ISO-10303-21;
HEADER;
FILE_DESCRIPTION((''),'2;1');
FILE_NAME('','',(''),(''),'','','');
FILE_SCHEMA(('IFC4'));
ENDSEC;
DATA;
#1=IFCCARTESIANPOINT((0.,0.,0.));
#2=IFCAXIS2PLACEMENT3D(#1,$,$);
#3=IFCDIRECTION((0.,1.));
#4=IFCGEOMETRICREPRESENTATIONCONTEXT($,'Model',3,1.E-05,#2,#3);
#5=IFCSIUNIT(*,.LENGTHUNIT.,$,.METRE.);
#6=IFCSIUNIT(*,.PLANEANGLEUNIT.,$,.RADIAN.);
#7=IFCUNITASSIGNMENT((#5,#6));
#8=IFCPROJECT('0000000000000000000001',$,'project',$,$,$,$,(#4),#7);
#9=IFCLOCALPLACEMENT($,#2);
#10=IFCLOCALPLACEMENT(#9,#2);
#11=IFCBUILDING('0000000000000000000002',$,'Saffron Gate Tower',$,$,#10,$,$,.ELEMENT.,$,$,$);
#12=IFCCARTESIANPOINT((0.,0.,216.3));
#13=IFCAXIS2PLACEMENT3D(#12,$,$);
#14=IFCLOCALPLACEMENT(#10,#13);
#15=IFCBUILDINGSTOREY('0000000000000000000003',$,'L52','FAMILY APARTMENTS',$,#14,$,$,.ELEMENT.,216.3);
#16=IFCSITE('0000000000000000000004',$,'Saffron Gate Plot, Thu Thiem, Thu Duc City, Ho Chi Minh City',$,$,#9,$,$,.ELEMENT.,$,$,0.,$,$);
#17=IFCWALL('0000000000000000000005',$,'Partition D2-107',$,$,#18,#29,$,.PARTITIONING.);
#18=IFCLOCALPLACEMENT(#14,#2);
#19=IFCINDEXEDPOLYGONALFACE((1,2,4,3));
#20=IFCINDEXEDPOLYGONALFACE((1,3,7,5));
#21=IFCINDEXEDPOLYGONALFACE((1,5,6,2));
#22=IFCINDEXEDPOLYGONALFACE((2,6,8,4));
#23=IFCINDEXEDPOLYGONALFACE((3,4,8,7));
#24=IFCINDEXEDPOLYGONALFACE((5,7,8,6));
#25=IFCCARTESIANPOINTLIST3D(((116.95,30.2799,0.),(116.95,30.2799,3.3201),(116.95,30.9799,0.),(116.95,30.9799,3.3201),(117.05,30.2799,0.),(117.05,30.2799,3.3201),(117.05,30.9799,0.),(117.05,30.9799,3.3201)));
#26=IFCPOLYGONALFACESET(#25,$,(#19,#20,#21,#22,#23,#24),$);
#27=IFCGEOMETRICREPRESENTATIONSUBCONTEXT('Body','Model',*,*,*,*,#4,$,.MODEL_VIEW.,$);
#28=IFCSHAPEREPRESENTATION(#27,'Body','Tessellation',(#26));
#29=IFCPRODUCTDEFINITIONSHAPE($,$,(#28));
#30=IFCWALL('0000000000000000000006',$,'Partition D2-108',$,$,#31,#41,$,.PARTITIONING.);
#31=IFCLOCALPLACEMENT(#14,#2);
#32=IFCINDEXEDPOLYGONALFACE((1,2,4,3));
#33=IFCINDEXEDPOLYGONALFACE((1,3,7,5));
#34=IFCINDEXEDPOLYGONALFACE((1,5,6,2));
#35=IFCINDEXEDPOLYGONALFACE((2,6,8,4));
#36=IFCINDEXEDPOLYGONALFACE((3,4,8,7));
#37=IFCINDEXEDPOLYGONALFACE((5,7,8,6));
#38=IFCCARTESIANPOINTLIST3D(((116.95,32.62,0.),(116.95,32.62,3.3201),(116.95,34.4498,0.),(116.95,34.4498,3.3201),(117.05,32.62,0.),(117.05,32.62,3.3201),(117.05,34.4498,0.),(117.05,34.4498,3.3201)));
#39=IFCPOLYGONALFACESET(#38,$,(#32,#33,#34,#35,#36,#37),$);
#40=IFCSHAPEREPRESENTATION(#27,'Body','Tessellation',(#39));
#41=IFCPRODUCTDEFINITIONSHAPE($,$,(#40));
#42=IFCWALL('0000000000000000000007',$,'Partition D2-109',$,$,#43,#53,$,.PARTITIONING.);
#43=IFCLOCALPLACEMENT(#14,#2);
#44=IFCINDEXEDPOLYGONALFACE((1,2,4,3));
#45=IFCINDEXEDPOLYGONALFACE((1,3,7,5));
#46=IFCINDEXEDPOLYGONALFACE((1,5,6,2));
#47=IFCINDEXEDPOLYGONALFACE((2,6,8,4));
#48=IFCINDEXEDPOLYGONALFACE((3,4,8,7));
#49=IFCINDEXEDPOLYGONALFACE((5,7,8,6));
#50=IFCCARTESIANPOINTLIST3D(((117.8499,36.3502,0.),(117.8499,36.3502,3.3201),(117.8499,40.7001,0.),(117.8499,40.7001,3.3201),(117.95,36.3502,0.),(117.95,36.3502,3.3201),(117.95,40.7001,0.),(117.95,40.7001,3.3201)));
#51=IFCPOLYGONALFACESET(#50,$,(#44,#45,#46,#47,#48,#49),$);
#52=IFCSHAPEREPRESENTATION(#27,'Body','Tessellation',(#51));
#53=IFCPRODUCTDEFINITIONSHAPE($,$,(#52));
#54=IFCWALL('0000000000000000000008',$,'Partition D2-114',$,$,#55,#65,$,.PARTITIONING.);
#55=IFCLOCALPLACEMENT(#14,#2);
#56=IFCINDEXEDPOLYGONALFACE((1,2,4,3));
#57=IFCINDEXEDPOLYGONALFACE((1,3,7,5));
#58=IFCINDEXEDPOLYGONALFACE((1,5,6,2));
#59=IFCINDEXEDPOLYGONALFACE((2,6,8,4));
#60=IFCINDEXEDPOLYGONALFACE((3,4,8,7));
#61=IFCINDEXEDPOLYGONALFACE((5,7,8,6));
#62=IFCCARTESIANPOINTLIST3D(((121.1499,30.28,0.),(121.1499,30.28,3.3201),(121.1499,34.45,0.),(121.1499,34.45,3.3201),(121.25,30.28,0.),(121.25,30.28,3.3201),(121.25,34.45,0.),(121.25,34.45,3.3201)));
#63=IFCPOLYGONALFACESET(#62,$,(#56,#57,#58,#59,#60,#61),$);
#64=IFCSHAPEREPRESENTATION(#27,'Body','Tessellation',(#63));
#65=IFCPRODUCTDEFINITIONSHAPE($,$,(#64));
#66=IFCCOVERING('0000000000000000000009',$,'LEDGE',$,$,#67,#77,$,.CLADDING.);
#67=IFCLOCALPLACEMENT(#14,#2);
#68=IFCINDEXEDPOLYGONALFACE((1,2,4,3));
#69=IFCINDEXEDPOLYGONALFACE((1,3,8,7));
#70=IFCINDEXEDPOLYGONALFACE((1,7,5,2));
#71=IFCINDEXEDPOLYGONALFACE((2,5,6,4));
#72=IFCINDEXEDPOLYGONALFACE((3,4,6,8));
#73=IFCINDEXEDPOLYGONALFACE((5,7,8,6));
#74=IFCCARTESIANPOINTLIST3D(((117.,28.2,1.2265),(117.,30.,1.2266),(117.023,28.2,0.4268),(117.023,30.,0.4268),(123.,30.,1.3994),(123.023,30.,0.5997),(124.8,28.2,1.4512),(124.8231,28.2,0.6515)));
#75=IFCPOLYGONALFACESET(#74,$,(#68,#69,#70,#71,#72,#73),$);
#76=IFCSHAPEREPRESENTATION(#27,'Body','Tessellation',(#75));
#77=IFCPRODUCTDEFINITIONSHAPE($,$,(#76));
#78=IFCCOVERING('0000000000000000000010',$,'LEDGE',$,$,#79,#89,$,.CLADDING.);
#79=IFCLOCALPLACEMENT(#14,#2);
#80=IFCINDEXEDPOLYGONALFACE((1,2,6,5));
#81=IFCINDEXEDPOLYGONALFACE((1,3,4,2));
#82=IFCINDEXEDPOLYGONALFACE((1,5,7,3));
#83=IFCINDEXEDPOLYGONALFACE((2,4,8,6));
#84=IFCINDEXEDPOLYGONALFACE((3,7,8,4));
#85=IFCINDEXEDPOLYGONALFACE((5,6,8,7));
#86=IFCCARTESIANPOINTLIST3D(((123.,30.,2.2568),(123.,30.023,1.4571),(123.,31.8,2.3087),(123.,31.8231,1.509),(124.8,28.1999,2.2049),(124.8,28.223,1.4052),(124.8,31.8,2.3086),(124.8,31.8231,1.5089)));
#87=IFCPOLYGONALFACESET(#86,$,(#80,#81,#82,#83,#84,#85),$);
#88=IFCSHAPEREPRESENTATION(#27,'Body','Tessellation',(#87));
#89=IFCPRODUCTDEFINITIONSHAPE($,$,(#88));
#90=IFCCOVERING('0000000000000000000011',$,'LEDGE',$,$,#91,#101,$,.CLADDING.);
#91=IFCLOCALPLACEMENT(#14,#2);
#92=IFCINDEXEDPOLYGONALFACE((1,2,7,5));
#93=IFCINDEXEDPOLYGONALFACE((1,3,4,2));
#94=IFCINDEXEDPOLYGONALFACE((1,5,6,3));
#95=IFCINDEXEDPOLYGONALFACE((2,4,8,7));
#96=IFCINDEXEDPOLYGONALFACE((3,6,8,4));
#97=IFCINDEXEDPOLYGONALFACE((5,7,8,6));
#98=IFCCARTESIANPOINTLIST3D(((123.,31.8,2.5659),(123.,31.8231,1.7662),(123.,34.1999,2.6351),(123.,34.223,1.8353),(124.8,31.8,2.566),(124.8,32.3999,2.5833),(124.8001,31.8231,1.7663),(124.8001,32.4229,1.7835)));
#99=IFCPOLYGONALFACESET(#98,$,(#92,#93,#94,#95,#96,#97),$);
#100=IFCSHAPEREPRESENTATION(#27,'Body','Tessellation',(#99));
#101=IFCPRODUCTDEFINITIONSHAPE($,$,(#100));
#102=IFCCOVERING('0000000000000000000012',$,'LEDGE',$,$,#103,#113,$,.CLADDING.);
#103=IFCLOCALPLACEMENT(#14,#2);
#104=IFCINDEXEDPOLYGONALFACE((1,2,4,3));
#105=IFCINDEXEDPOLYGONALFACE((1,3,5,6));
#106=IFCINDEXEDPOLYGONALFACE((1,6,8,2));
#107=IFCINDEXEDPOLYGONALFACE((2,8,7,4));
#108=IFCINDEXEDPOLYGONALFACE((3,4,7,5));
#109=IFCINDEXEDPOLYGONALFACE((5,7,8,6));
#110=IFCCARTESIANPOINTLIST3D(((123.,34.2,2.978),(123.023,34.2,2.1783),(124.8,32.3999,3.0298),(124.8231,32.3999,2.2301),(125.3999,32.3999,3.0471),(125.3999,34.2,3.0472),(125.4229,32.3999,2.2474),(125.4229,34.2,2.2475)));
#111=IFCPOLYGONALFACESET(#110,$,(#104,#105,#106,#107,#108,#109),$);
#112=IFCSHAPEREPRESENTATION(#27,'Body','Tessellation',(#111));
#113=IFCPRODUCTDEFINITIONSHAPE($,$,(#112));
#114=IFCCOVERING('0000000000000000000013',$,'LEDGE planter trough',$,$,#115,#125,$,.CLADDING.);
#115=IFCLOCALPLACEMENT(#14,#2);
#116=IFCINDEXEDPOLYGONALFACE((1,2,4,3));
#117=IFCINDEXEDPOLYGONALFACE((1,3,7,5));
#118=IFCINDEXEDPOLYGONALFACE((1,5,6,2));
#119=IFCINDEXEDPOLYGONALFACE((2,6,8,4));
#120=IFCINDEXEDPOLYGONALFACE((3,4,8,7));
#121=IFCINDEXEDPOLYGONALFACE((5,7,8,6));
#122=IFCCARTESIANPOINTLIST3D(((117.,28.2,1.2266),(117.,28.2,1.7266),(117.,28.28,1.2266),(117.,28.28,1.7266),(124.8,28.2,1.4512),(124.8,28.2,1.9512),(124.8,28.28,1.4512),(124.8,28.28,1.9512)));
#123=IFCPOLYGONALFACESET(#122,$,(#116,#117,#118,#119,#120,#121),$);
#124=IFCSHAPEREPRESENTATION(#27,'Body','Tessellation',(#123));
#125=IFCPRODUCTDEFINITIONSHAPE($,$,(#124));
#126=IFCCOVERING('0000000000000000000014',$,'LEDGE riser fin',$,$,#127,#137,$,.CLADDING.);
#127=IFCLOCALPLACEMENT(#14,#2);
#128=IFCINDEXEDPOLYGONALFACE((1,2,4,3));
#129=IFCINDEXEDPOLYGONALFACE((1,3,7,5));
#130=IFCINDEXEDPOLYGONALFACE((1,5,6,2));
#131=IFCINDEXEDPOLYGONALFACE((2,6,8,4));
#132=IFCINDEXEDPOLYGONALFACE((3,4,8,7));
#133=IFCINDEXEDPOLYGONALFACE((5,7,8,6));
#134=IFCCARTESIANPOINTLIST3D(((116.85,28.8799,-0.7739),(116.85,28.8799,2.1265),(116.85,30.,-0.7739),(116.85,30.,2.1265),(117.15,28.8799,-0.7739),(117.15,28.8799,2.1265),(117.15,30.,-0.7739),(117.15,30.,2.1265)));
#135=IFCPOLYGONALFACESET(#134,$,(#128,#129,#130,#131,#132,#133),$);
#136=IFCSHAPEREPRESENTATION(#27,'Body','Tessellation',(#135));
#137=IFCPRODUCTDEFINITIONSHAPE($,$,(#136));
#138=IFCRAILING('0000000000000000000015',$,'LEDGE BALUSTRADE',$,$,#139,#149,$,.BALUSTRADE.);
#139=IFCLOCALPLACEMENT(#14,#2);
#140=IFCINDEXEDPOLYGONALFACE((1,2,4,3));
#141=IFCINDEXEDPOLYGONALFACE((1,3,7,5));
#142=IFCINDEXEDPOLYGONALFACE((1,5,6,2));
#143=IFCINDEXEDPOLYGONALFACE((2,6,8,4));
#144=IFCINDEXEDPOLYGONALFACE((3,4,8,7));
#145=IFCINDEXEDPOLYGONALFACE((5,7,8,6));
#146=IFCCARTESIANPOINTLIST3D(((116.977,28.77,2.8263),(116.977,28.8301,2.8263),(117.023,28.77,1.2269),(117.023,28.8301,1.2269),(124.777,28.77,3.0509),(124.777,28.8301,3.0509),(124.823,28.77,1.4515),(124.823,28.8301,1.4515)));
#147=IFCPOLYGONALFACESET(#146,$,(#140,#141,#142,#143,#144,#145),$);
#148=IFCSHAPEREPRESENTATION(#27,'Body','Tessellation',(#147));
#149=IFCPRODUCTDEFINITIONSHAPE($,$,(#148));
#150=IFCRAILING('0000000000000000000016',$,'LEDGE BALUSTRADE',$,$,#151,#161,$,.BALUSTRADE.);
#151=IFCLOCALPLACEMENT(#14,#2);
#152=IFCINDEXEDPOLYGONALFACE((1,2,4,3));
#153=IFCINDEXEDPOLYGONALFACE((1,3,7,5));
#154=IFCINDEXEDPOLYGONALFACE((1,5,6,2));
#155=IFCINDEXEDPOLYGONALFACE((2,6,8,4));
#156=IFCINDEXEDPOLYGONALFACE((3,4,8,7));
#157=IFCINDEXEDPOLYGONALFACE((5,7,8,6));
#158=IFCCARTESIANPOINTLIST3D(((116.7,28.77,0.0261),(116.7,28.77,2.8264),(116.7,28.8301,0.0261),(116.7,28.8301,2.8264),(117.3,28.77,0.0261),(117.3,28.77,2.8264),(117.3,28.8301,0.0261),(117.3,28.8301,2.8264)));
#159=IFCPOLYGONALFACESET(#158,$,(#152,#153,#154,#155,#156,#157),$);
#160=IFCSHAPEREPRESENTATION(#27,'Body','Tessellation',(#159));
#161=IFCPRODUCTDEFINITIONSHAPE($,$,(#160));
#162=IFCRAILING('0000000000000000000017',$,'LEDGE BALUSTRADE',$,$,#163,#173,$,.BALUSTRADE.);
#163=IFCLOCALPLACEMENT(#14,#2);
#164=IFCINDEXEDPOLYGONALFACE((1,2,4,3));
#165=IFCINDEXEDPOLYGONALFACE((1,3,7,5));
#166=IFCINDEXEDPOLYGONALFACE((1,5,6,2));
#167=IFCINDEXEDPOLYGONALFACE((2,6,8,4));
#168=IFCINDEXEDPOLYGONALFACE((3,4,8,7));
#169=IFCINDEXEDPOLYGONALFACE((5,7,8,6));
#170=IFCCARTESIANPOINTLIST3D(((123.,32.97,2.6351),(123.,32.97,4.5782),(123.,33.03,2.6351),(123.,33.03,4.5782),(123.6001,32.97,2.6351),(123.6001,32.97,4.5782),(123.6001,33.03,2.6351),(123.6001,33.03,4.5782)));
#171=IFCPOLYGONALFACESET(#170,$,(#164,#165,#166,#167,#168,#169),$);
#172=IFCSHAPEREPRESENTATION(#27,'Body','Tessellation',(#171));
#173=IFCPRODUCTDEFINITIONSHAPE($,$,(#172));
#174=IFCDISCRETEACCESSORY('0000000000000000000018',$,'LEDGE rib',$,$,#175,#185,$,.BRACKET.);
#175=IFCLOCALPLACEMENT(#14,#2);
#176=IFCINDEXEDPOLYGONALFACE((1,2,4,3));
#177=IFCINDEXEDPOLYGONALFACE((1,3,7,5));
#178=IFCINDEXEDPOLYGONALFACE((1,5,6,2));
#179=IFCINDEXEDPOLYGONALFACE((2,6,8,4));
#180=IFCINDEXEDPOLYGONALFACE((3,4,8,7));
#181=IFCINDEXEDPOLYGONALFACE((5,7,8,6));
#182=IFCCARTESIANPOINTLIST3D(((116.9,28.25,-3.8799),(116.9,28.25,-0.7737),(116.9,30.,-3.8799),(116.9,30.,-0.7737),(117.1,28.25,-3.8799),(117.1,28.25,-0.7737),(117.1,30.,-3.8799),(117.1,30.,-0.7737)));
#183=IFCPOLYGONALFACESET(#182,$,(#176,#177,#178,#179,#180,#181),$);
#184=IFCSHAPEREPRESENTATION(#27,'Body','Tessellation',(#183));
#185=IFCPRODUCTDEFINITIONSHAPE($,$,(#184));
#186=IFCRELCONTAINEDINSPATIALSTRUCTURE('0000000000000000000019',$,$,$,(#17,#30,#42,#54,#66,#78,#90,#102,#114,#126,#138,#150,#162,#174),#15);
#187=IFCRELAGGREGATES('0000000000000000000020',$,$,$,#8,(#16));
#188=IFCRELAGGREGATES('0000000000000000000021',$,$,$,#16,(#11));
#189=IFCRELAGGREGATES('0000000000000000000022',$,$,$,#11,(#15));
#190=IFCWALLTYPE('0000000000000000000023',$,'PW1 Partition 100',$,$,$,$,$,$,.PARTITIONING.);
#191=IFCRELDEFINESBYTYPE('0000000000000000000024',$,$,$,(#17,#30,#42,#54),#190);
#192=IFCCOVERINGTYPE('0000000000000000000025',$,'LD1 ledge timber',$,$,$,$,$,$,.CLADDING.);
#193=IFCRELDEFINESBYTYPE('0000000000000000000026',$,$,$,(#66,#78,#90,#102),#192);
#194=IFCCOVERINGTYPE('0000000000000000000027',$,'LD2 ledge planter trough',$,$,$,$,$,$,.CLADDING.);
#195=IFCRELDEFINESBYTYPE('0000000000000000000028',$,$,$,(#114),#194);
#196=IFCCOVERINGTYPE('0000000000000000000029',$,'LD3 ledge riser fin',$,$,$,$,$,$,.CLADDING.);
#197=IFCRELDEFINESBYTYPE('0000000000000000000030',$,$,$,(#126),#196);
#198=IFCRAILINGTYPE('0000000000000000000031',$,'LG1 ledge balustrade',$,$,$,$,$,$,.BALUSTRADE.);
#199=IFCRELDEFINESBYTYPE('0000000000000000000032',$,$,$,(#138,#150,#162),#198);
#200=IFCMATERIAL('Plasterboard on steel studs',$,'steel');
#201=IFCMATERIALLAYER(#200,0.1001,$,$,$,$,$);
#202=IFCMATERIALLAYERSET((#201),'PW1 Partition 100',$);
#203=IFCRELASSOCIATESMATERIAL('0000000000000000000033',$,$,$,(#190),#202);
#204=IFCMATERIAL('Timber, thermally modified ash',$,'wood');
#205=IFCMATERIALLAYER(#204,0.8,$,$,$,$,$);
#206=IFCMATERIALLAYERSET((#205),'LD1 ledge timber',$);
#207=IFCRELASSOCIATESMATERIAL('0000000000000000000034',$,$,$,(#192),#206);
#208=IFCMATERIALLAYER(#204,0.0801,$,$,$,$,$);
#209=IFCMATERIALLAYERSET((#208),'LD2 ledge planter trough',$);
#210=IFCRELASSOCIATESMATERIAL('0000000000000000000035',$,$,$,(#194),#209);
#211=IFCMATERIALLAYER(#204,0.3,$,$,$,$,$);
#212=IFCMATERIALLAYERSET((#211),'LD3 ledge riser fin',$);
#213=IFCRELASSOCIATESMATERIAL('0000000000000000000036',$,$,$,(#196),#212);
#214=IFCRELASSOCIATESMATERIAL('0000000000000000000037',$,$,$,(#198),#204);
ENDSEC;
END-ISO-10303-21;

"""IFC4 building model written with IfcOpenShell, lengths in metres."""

from ifc_helpers import new_model, si_unit, direction, frame, frame_2d, origin, origin_2d, place, context, subcontext, project, spatial, polyline, rectangle, outline, extrude, material, layer, layer_set, type_object, element, save


model = new_model("IFC4")

# Units and contexts
model_context = context("Model", 3, precision=1e-05, world=origin(), true_north=direction((0.0, 1.0)))
body_context = subcontext(model_context, "Body", "Model", "MODEL_VIEW")
ifc_project = project(units=[si_unit("LENGTHUNIT", "METRE"), si_unit("PLANEANGLEUNIT", "RADIAN")], contexts=[model_context])

# Site, building, storey
site_placement = place(None, origin())
site = spatial("IfcSite", under=ifc_project, at=site_placement, Name="Saffron Gate Plot, Thu Thiem, Thu Duc City, Ho Chi Minh City", CompositionType="ELEMENT", RefElevation=0.0)
building_placement = place(site_placement, origin())
building = spatial("IfcBuilding", under=site, at=building_placement, Name="Saffron Gate Tower", CompositionType="ELEMENT")
storey_placement = place(building_placement, frame((0.0, 0.0, 216.3)))
storey = spatial("IfcBuildingStorey", under=building, at=storey_placement, Name="L52", Description="FAMILY APARTMENTS", CompositionType="ELEMENT", Elevation=216.3)

# Shared definitions
ifc_material_1 = material(Name="Plasterboard on steel studs", Category="steel")
ifc_layer_1 = layer(ifc_material_1, 0.1001)
ifc_layer_set_1 = layer_set([ifc_layer_1], Name="PW1 Partition 100")
wall_type = type_object("IfcWallType", Name="PW1 Partition 100", PredefinedType="PARTITIONING", material=ifc_layer_set_1)

# Walls
wall_1_placement = place(storey_placement, frame((117.0, 30.98, 0.0), z_axis=(0.0, 0.0, 1.0), x_axis=(0.0, -1.0, 0.0)))
element("IfcWall", 1, at=wall_1_placement, inside=storey, type_object=wall_type, Name="Partition D2-107", PredefinedType="PARTITIONING", context=body_context, shape_type="SweptSolid", body=[
    extrude(rectangle(XDim=0.7, YDim=0.1001, at=frame_2d((0.3501, 0.0))), origin(), (0.0, 0.0, 1.0), 3.3201),
])
wall_2_placement = place(storey_placement, frame((117.0, 34.45, 0.0), z_axis=(0.0, 0.0, 1.0), x_axis=(0.0, -1.0, 0.0)))
element("IfcWall", 2, at=wall_2_placement, inside=storey, type_object=wall_type, Name="Partition D2-108", PredefinedType="PARTITIONING", context=body_context, shape_type="SweptSolid", body=[
    extrude(rectangle(XDim=1.8298, YDim=0.1001, at=frame_2d((0.915, 0.0))), origin(), (0.0, 0.0, 1.0), 3.3201),
])
wall_3_placement = place(storey_placement, frame((117.8999, 40.7, 0.0), z_axis=(0.0, 0.0, 1.0), x_axis=(0.0, -1.0, 0.0)))
element("IfcWall", 3, at=wall_3_placement, inside=storey, type_object=wall_type, Name="Partition D2-109", PredefinedType="PARTITIONING", context=body_context, shape_type="SweptSolid", body=[
    extrude(rectangle(XDim=4.3499, YDim=0.1001, at=frame_2d((2.1748, 0.0))), origin(), (0.0, 0.0, 1.0), 3.3201),
])
wall_4_placement = place(storey_placement, frame((121.2, 34.45, 0.0), z_axis=(0.0, 0.0, 1.0), x_axis=(0.0, -1.0, 0.0)))
element("IfcWall", 4, at=wall_4_placement, inside=storey, type_object=wall_type, Name="Partition D2-114", PredefinedType="PARTITIONING", context=body_context, shape_type="SweptSolid", body=[
    extrude(rectangle(XDim=4.1699, YDim=0.1001, at=frame_2d((2.085, 0.0))), origin(), (0.0, 0.0, 1.0), 3.3201),
])

# Coverings
ifc_material_2 = material(Name="Timber, thermally modified ash", Category="wood")
ifc_layer_2 = layer(ifc_material_2, 0.8)
ifc_layer_set_2 = layer_set([ifc_layer_2], Name="LD1 ledge timber")
covering_type_1 = type_object("IfcCoveringType", Name="LD1 ledge timber", PredefinedType="CLADDING", material=ifc_layer_set_2)
covering_1_placement = place(storey_placement, frame((117.0, 30.0, 1.2266), z_axis=(-0.028789, -0.000024, 0.999585), x_axis=(0.999585, 0.0, 0.028789)))
element("IfcCovering", 5, at=covering_1_placement, inside=storey, type_object=covering_type_1, Name="LEDGE", PredefinedType="CLADDING", context=body_context, shape_type="SweptSolid", body=[
    extrude(outline(polyline([(0.0, 0.0), (6.0025, 0.0), (7.8033, -1.8), (0.0, -1.8), (0.0, 0.0)])), origin(), (0.0, 0.0, -1.0), 0.8),
])
covering_2_placement = place(storey_placement, frame((123.0, 30.0, 2.2568), z_axis=(0.000045, -0.028787, 0.999586), x_axis=(0.0, 0.999586, 0.028787)))
element("IfcCovering", 6, at=covering_2_placement, inside=storey, type_object=covering_type_1, Name="LEDGE", PredefinedType="CLADDING", context=body_context, shape_type="SweptSolid", body=[
    extrude(outline(polyline([(0.0, 0.0), (1.8008, 0.0), (1.8008, -1.8), (-1.8008, -1.8), (0.0, 0.0)])), origin(), (0.0, 0.0, -1.0), 0.8),
])
covering_3_placement = place(storey_placement, frame((123.0, 31.8, 2.5659), z_axis=(-0.000029, -0.028799, 0.999585), x_axis=(0.0, 0.999585, 0.028799)))
element("IfcCovering", 7, at=covering_3_placement, inside=storey, type_object=covering_type_1, Name="LEDGE", PredefinedType="CLADDING", context=body_context, shape_type="SweptSolid", body=[
    extrude(outline(polyline([(0.0, 0.0), (2.4009, 0.0), (0.6001, -1.8), (0.0, -1.8), (0.0, 0.0)])), origin(), (0.0, 0.0, -1.0), 0.8),
])
covering_4_placement = place(storey_placement, frame((123.0, 34.2, 2.978), z_axis=(-0.028799, -0.000029, 0.999585), x_axis=(0.999585, 0.0, 0.028799)))
element("IfcCovering", 8, at=covering_4_placement, inside=storey, type_object=covering_type_1, Name="LEDGE", PredefinedType="CLADDING", context=body_context, shape_type="SweptSolid", body=[
    extrude(outline(polyline([(0.0, 0.0), (2.4009, 0.0), (2.4009, -1.8), (1.8008, -1.8), (0.0, 0.0)])), origin(), (0.0, 0.0, -1.0), 0.8),
])
ifc_layer_3 = layer(ifc_material_2, 0.0801)
ifc_layer_set_3 = layer_set([ifc_layer_3], Name="LD2 ledge planter trough")
covering_type_2 = type_object("IfcCoveringType", Name="LD2 ledge planter trough", PredefinedType="CLADDING", material=ifc_layer_set_3)
covering_5_placement = place(storey_placement, frame((117.0, 28.2, 1.2266), z_axis=(0.0, -1.0, 0.0), x_axis=(0.999586, 0.0, 0.028784)))
element("IfcCovering", 9, at=covering_5_placement, inside=storey, type_object=covering_type_2, Name="LEDGE planter trough", PredefinedType="CLADDING", context=body_context, shape_type="SweptSolid", body=[
    extrude(outline(polyline([(0.0, 0.0), (7.8033, 0.0), (7.8177, 0.4998), (0.0144, 0.4998), (0.0, 0.0)])), origin(), (0.0, 0.0, -1.0), 0.0801),
])
ifc_layer_4 = layer(ifc_material_2, 0.3)
ifc_layer_set_4 = layer_set([ifc_layer_4], Name="LD3 ledge riser fin")
covering_type_3 = type_object("IfcCoveringType", Name="LD3 ledge riser fin", PredefinedType="CLADDING", material=ifc_layer_set_4)
covering_6_placement = place(storey_placement, frame((117.0, 29.4399, -0.7739), z_axis=(0.0, 0.0, 1.0), x_axis=(1.0, 0.0, 0.0)))
element("IfcCovering", 10, at=covering_6_placement, inside=storey, type_object=covering_type_3, Name="LEDGE riser fin", PredefinedType="CLADDING", context=body_context, shape_type="SweptSolid", body=[
    extrude(rectangle(XDim=0.3, YDim=1.1201, at=origin_2d()), origin(), (0.0, 0.0, 1.0), 2.9004),
])

# Railings
railing_type = type_object("IfcRailingType", Name="LG1 ledge balustrade", PredefinedType="BALUSTRADE", material=ifc_material_2)
railing_1_placement = place(storey_placement, frame((117.0, 28.8, 1.2266)))
element("IfcRailing", 11, at=railing_1_placement, inside=storey, type_object=railing_type, Name="LEDGE BALUSTRADE", PredefinedType="BALUSTRADE", context=body_context, shape_type="SweptSolid", body=[
    extrude(rectangle(XDim=0.0601, YDim=1.6001, at=origin_2d()), frame((0.0, 0.0, 0.8), z_axis=(0.999586, 0.0, 0.028784), x_axis=(0.0, 1.0, 0.0)), (0.0, 0.0, 1.0), 7.8032),
])
railing_2_placement = place(storey_placement, frame((116.7, 28.8, 0.0261)))
element("IfcRailing", 12, at=railing_2_placement, inside=storey, type_object=railing_type, Name="LEDGE BALUSTRADE", PredefinedType="BALUSTRADE", context=body_context, shape_type="SweptSolid", body=[
    extrude(rectangle(XDim=0.0601, YDim=2.8003, at=origin_2d()), frame((0.0, 0.0, 1.4001), z_axis=(1.0, 0.0, 0.0), x_axis=(0.0, 1.0, 0.0)), (0.0, 0.0, 1.0), 0.6001),
])
railing_3_placement = place(storey_placement, frame((123.0, 33.0, 2.635)))
element("IfcRailing", 13, at=railing_3_placement, inside=storey, type_object=railing_type, Name="LEDGE BALUSTRADE", PredefinedType="BALUSTRADE", context=body_context, shape_type="SweptSolid", body=[
    extrude(rectangle(XDim=0.0601, YDim=1.9431, at=origin_2d()), frame((0.0, 0.0, 0.9717), z_axis=(1.0, 0.0, 0.0), x_axis=(0.0, 1.0, 0.0)), (0.0, 0.0, 1.0), 0.6001),
])

# Discrete accessory
discrete_accessory_1_placement = place(storey_placement, frame((117.0, 29.125, -3.8799), z_axis=(0.0, 0.0, 1.0), x_axis=(1.0, 0.0, 0.0)))
element("IfcDiscreteAccessory", 14, at=discrete_accessory_1_placement, inside=storey, Name="LEDGE rib", PredefinedType="BRACKET", context=body_context, shape_type="SweptSolid", body=[
    extrude(rectangle(XDim=0.2, YDim=1.75, at=origin_2d()), origin(), (0.0, 0.0, 1.0), 3.1062),
])

save(model, "model.ifc")
